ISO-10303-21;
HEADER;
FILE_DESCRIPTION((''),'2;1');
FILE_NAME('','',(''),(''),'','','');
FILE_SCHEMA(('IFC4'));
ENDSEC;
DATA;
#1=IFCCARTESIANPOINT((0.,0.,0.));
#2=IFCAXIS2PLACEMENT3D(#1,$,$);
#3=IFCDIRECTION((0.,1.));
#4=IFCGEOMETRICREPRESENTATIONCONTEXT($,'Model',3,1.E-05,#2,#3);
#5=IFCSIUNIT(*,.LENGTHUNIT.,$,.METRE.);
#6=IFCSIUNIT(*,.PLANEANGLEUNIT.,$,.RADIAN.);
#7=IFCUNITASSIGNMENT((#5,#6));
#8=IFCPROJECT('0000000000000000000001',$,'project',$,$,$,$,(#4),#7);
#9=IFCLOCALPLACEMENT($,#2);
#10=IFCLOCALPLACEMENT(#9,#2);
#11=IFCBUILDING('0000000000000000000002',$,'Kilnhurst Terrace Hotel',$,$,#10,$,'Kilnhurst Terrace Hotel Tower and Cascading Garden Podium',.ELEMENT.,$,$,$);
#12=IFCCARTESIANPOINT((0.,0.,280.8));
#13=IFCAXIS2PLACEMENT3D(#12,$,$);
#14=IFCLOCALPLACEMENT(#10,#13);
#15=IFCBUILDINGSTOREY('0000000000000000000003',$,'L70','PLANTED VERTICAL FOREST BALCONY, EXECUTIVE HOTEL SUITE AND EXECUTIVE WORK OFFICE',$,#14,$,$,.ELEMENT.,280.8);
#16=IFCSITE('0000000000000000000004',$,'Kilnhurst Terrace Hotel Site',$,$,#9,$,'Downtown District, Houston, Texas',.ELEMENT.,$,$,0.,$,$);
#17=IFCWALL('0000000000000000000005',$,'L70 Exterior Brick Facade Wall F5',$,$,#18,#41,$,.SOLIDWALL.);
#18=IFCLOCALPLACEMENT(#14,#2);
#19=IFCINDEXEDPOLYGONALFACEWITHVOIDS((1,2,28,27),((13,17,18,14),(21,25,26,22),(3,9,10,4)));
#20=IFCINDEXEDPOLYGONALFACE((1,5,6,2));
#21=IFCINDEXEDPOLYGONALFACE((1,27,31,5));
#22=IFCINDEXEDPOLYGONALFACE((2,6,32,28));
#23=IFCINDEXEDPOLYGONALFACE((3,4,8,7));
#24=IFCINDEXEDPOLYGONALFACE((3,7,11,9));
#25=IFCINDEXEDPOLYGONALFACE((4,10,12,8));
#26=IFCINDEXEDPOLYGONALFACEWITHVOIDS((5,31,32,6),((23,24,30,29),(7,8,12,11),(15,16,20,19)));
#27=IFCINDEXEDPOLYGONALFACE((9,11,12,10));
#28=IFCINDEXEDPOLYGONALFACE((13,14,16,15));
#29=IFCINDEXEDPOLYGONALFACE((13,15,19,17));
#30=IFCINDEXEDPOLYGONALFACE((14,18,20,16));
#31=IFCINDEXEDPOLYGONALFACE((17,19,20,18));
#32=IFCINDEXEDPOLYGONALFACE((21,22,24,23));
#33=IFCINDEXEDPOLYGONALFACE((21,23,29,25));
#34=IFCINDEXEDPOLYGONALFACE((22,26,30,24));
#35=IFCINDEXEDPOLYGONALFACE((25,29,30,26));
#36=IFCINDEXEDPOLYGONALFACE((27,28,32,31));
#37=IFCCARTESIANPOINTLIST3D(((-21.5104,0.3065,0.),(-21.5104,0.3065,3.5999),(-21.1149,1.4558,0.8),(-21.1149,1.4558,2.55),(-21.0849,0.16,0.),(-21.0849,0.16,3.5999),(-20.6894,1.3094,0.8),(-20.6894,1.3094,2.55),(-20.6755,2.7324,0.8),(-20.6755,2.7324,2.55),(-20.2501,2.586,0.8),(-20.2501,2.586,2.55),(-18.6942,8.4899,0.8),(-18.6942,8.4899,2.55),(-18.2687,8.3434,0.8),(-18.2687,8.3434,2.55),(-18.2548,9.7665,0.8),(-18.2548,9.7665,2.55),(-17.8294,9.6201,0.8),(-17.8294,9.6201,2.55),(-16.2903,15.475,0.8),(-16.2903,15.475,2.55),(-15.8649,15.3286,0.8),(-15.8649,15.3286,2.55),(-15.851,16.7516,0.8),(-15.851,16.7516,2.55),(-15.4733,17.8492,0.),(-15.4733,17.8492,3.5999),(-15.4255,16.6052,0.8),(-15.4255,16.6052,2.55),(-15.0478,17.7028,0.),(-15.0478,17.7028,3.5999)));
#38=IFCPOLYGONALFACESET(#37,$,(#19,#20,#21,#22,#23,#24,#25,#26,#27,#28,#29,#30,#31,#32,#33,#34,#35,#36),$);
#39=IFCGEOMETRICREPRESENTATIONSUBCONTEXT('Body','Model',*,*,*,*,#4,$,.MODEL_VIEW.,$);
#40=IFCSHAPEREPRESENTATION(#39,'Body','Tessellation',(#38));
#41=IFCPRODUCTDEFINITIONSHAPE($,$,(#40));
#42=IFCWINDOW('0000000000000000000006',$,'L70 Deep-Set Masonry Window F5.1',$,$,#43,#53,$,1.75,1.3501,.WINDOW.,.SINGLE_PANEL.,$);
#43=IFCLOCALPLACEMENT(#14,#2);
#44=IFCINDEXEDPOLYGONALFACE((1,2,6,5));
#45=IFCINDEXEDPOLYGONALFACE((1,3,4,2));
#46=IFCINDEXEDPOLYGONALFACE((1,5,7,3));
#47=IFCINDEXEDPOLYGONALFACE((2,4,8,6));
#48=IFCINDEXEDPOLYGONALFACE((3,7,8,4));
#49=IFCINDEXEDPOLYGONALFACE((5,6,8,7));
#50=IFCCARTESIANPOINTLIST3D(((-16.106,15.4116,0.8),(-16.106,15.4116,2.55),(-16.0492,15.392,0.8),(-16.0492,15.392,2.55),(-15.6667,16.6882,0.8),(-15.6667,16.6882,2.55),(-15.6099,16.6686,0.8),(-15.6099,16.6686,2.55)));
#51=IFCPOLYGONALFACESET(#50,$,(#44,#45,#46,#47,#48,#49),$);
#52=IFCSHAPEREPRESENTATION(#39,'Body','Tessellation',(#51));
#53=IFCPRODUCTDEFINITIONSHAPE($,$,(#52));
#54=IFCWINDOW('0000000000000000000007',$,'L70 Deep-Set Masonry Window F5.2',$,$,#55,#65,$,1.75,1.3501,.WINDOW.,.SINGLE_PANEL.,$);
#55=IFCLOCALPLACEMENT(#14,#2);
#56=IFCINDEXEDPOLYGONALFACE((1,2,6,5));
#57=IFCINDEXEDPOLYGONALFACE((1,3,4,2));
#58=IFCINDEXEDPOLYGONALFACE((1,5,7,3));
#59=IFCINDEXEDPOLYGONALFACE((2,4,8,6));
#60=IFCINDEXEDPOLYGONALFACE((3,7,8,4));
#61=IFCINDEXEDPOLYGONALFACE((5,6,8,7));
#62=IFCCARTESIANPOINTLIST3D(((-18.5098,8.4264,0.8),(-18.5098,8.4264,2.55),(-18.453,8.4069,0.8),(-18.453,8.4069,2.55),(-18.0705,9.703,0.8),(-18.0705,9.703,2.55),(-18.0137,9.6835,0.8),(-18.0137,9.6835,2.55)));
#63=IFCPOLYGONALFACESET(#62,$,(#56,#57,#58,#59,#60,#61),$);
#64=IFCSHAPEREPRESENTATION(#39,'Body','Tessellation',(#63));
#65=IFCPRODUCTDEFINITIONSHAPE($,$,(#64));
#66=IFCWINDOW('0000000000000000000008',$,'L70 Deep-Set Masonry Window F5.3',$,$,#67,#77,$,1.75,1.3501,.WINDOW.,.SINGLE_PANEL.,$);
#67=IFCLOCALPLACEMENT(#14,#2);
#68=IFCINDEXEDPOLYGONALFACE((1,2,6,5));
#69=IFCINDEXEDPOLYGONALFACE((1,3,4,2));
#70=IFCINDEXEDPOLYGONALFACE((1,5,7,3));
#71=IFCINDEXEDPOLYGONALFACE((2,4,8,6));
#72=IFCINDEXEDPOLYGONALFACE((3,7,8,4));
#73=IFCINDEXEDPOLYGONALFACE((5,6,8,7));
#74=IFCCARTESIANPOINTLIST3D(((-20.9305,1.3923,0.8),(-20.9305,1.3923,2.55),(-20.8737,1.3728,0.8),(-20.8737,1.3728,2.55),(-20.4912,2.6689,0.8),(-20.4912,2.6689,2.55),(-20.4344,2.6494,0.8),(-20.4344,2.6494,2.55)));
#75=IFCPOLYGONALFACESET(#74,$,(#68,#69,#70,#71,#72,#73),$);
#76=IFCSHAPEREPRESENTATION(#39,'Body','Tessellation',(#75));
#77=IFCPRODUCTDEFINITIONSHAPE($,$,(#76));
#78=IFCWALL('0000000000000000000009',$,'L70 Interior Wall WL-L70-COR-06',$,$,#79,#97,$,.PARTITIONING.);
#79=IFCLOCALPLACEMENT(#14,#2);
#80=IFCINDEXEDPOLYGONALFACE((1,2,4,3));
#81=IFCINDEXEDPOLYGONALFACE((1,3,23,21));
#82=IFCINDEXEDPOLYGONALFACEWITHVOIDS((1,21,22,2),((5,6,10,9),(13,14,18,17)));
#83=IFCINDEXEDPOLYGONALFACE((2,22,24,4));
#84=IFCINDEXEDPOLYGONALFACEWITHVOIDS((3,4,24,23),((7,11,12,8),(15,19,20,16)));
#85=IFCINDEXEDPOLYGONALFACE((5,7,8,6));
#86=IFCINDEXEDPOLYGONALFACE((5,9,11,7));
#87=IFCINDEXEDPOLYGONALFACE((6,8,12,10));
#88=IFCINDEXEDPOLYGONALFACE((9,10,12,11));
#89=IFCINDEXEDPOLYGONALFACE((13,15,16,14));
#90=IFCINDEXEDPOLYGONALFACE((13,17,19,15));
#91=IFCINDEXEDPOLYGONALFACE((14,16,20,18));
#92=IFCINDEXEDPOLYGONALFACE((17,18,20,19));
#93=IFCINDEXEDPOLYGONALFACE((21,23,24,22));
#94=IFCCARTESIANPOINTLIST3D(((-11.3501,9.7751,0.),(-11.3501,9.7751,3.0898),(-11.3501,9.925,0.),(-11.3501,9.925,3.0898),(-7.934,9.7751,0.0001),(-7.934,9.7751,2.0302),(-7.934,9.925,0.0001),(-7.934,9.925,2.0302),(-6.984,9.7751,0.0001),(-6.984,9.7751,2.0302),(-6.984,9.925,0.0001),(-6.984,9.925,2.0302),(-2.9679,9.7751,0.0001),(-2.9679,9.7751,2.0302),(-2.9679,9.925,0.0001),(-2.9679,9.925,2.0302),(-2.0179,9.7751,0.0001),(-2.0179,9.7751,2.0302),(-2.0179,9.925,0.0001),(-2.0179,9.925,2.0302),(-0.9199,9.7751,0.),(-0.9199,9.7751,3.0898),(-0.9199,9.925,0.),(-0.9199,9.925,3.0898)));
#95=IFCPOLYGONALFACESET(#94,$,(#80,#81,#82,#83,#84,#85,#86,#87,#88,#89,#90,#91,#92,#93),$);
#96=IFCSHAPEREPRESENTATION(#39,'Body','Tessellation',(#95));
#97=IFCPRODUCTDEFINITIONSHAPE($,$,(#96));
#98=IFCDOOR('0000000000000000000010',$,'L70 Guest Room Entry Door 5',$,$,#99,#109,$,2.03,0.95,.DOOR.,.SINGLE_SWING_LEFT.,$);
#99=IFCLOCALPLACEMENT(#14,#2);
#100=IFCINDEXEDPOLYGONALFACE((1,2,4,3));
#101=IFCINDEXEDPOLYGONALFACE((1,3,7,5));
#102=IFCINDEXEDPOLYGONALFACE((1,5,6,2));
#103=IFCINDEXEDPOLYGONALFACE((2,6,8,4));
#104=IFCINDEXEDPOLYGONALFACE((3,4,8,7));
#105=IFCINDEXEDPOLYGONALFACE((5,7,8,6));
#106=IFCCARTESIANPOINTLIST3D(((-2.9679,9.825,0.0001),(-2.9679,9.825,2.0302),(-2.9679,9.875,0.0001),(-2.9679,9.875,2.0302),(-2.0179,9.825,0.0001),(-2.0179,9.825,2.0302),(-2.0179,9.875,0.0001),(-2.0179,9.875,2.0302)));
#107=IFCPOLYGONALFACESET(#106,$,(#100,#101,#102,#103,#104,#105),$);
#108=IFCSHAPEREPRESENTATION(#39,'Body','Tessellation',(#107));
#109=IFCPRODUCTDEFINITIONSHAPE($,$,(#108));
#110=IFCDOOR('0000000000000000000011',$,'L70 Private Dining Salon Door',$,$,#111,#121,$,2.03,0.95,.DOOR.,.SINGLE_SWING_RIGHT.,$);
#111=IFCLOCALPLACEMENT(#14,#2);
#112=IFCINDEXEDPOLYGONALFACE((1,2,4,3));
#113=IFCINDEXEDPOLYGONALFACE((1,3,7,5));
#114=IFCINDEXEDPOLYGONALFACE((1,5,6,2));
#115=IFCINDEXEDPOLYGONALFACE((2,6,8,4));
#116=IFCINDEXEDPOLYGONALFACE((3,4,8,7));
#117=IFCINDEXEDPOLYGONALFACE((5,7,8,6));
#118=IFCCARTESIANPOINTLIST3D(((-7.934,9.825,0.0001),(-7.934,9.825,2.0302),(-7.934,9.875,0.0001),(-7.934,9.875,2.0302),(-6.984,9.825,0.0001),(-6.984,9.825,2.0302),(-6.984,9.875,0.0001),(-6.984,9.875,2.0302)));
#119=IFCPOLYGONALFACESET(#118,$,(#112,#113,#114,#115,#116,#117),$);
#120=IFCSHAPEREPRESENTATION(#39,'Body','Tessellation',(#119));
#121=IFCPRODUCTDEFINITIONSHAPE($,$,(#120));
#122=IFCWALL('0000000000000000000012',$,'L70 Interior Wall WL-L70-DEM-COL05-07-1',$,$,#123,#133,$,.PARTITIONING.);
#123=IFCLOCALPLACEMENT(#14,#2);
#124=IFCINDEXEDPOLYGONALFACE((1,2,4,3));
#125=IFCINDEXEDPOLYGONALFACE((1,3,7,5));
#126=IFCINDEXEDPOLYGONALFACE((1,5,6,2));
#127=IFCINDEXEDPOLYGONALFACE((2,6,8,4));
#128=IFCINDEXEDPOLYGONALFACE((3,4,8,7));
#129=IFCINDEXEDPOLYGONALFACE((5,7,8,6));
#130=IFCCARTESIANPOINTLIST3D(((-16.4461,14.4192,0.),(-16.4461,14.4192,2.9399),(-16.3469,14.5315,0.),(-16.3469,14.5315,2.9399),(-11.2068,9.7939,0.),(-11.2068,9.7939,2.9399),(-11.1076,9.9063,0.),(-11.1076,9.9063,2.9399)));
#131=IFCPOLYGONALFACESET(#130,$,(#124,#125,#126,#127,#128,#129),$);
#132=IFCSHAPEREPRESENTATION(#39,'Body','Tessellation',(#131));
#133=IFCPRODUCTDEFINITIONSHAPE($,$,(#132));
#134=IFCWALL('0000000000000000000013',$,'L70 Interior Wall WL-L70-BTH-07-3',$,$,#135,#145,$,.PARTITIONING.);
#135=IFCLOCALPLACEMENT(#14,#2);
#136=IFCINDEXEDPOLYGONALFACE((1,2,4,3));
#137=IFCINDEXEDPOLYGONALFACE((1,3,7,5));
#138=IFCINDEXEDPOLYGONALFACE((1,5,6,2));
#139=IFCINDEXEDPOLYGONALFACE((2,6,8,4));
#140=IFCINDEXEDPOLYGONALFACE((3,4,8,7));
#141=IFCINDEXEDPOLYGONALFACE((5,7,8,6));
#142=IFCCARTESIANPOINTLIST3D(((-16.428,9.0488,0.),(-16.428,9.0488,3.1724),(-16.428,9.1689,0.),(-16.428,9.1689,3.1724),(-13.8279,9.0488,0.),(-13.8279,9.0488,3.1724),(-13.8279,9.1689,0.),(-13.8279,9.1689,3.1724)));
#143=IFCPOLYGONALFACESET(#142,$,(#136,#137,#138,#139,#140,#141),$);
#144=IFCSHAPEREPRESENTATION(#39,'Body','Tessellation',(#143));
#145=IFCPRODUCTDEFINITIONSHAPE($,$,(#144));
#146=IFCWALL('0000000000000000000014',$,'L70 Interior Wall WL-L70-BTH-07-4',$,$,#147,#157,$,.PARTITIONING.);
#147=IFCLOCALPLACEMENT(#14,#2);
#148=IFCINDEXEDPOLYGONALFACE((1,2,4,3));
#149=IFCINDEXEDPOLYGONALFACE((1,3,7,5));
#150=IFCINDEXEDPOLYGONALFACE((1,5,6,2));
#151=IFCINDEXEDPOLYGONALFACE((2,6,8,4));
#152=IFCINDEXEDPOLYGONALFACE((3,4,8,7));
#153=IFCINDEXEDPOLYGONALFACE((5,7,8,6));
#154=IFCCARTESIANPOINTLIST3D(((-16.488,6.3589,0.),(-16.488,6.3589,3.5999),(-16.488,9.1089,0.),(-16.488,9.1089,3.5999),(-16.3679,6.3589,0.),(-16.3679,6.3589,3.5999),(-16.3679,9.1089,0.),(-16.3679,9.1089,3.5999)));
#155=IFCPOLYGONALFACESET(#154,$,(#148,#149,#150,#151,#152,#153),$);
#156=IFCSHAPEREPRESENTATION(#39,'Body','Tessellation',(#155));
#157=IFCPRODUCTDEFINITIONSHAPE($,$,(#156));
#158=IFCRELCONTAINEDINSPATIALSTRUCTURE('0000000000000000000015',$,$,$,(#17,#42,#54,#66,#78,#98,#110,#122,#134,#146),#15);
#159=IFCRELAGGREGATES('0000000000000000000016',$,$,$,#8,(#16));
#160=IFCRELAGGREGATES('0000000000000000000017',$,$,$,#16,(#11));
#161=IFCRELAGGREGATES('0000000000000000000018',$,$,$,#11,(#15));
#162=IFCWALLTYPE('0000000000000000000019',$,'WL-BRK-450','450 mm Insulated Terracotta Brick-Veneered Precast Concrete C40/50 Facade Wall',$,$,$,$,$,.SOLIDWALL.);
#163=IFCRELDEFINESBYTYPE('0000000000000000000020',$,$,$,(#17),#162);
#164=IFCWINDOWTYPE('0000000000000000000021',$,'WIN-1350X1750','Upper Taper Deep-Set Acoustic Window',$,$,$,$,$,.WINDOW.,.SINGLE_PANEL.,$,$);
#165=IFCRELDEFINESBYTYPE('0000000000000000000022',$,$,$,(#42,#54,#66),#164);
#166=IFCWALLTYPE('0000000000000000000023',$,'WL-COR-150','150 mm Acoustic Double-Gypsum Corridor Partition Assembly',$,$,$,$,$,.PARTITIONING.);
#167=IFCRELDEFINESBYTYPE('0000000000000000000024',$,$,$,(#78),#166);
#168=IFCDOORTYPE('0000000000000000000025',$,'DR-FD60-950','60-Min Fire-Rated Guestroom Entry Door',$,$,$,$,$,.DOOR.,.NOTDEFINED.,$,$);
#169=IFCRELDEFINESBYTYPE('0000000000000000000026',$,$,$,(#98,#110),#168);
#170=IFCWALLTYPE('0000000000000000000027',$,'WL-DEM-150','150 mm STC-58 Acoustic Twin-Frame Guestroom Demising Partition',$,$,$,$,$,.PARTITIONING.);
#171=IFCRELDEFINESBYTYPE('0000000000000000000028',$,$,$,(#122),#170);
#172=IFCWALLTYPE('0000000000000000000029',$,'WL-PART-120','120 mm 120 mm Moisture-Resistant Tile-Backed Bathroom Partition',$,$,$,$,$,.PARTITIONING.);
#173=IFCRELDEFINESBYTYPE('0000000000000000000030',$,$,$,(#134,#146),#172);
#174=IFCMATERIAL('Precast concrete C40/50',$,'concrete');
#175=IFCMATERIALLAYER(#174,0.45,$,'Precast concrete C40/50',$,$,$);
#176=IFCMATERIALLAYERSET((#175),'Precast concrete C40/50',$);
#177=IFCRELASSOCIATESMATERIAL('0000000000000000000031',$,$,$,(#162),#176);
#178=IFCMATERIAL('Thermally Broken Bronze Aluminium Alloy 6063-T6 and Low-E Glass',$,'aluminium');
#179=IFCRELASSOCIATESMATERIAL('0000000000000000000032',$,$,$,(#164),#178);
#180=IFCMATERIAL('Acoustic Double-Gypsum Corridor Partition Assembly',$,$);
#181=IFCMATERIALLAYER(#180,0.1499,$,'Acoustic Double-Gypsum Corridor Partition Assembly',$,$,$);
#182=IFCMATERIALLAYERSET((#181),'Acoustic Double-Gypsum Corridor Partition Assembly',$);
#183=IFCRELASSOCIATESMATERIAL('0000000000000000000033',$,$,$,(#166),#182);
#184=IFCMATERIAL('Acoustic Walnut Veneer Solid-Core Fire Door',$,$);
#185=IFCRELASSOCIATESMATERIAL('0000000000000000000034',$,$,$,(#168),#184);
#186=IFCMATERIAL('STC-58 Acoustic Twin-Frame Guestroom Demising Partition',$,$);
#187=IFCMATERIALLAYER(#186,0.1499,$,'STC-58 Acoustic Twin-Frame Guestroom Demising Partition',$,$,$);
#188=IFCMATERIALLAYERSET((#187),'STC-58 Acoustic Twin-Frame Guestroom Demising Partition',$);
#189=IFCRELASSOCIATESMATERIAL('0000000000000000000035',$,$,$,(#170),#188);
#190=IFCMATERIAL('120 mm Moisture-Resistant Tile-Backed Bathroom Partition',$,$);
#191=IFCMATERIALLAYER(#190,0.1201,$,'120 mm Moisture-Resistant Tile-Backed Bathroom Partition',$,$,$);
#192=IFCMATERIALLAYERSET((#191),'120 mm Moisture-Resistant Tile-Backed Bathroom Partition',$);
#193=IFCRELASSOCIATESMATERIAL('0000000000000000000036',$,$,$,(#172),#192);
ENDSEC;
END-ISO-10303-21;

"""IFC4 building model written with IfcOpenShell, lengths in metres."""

from ifc_helpers import new_model, si_unit, direction, frame, frame_2d, origin, place, context, subcontext, project, spatial, rectangle, extrude, material, layer, layer_set, type_object, element, fill, save


model = new_model("IFC4")

# Units and contexts
model_context = context("Model", 3, precision=1e-05, world=origin(), true_north=direction((0.0, 1.0)))
body_context = subcontext(model_context, "Body", "Model", "MODEL_VIEW")
ifc_project = project(units=[si_unit("LENGTHUNIT", "METRE"), si_unit("PLANEANGLEUNIT", "RADIAN")], contexts=[model_context])

# Site, building, storey
site_placement = place(None, origin())
site = spatial("IfcSite", under=ifc_project, at=site_placement, Name="Kilnhurst Terrace Hotel Site", LongName="Downtown District, Houston, Texas", CompositionType="ELEMENT", RefElevation=0.0)
building_placement = place(site_placement, origin())
building = spatial("IfcBuilding", under=site, at=building_placement, Name="Kilnhurst Terrace Hotel", LongName="Kilnhurst Terrace Hotel Tower and Cascading Garden Podium", CompositionType="ELEMENT")
storey_placement = place(building_placement, frame((0.0, 0.0, 280.8)))
storey = spatial("IfcBuildingStorey", under=building, at=storey_placement, Name="L70", Description="PLANTED VERTICAL FOREST BALCONY, EXECUTIVE HOTEL SUITE AND EXECUTIVE WORK OFFICE", CompositionType="ELEMENT", Elevation=280.8)

# Shared definitions
ifc_material_1 = material(Name="Precast concrete C40/50", Category="concrete")
ifc_layer_1 = layer(ifc_material_1, 0.45, Name="Precast concrete C40/50")
ifc_layer_set_1 = layer_set([ifc_layer_1], Name="Precast concrete C40/50")
wall_type_1 = type_object("IfcWallType", Name="WL-BRK-450", Description="450 mm Insulated Terracotta Brick-Veneered Precast Concrete C40/50 Facade Wall", PredefinedType="SOLIDWALL", material=ifc_layer_set_1)

# Wall, openings, windows
wall_1_placement = place(storey_placement, frame((-15.2605, 17.7761, 0.0), z_axis=(0.0, 0.0, 1.0), x_axis=(-0.325407, -0.945574, 0.0)))
wall_1 = element("IfcWall", 1, at=wall_1_placement, inside=storey, type_object=wall_type_1, Name="L70 Exterior Brick Facade Wall F5", PredefinedType="SOLIDWALL", context=body_context, shape_type="SweptSolid", body=[
    extrude(rectangle(XDim=18.5525, YDim=0.45, at=frame_2d((9.2764, 0.0))), origin(), (0.0, 0.0, 1.0), 3.5999),
])
opening_1_placement = place(wall_1_placement, frame((1.1609, 0.0, 0.8)))
opening_1 = element("IfcOpeningElement", 2, at=opening_1_placement, cuts=wall_1, PredefinedType="OPENING", context=body_context, shape_type="SweptSolid", body=[
    extrude(rectangle(XDim=1.3501, YDim=1.75, at=frame_2d((0.675, 0.875))), frame((0.0, 0.2349, 0.0), z_axis=(0.0, -1.0, 0.0), x_axis=(1.0, 0.0, 0.0)), (0.0, 0.0, 1.0), 0.47),
])
opening_2_placement = place(wall_1_placement, frame((8.5481, 0.0, 0.8)))
opening_2 = element("IfcOpeningElement", 3, at=opening_2_placement, cuts=wall_1, PredefinedType="OPENING", context=body_context, shape_type="SweptSolid", body=[
    extrude(rectangle(XDim=1.3501, YDim=1.75, at=frame_2d((0.675, 0.875))), frame((0.0, 0.2349, 0.0), z_axis=(0.0, -1.0, 0.0), x_axis=(1.0, 0.0, 0.0)), (0.0, 0.0, 1.0), 0.47),
])
opening_3_placement = place(wall_1_placement, frame((15.9871, 0.0, 0.8)))
opening_3 = element("IfcOpeningElement", 4, at=opening_3_placement, cuts=wall_1, PredefinedType="OPENING", context=body_context, shape_type="SweptSolid", body=[
    extrude(rectangle(XDim=1.3501, YDim=1.75, at=frame_2d((0.675, 0.875))), frame((0.0, 0.2349, 0.0), z_axis=(0.0, -1.0, 0.0), x_axis=(1.0, 0.0, 0.0)), (0.0, 0.0, 1.0), 0.47),
])
ifc_material_2 = material(Name="Thermally Broken Bronze Aluminium Alloy 6063-T6 and Low-E Glass", Category="aluminium")
window_type = type_object("IfcWindowType", Name="WIN-1350X1750", Description="Upper Taper Deep-Set Acoustic Window", PartitioningType="SINGLE_PANEL", PredefinedType="WINDOW", material=ifc_material_2)
window_1_placement = place(opening_1_placement, origin())
window_1 = element("IfcWindow", 5, at=window_1_placement, inside=storey, type_object=window_type, Name="L70 Deep-Set Masonry Window F5.1", OverallHeight=1.75, OverallWidth=1.3501, PartitioningType="SINGLE_PANEL", PredefinedType="WINDOW", context=body_context, shape_type="SweptSolid", body=[
    extrude(rectangle(XDim=1.3501, YDim=1.75, at=frame_2d((0.675, 0.875))), frame((0.0, 0.03, 0.0), z_axis=(0.0, -1.0, 0.0), x_axis=(1.0, 0.0, 0.0)), (0.0, 0.0, 1.0), 0.0601),
])
fill(opening_1, window_1)
window_2_placement = place(opening_2_placement, origin())
window_2 = element("IfcWindow", 6, at=window_2_placement, inside=storey, type_object=window_type, Name="L70 Deep-Set Masonry Window F5.2", OverallHeight=1.75, OverallWidth=1.3501, PartitioningType="SINGLE_PANEL", PredefinedType="WINDOW", context=body_context, shape_type="SweptSolid", body=[
    extrude(rectangle(XDim=1.3501, YDim=1.75, at=frame_2d((0.675, 0.875))), frame((0.0, 0.03, 0.0), z_axis=(0.0, -1.0, 0.0), x_axis=(1.0, 0.0, 0.0)), (0.0, 0.0, 1.0), 0.0601),
])
fill(opening_2, window_2)
window_3_placement = place(opening_3_placement, origin())
window_3 = element("IfcWindow", 7, at=window_3_placement, inside=storey, type_object=window_type, Name="L70 Deep-Set Masonry Window F5.3", OverallHeight=1.75, OverallWidth=1.3501, PartitioningType="SINGLE_PANEL", PredefinedType="WINDOW", context=body_context, shape_type="SweptSolid", body=[
    extrude(rectangle(XDim=1.3501, YDim=1.75, at=frame_2d((0.675, 0.875))), frame((0.0, 0.03, 0.0), z_axis=(0.0, -1.0, 0.0), x_axis=(1.0, 0.0, 0.0)), (0.0, 0.0, 1.0), 0.0601),
])
fill(opening_3, window_3)

# Wall, openings, doors
ifc_material_3 = material(Name="Acoustic Double-Gypsum Corridor Partition Assembly")
ifc_layer_2 = layer(ifc_material_3, 0.1499, Name="Acoustic Double-Gypsum Corridor Partition Assembly")
ifc_layer_set_2 = layer_set([ifc_layer_2], Name="Acoustic Double-Gypsum Corridor Partition Assembly")
wall_type_2 = type_object("IfcWallType", Name="WL-COR-150", Description="150 mm Acoustic Double-Gypsum Corridor Partition Assembly", PredefinedType="PARTITIONING", material=ifc_layer_set_2)
wall_2_placement = place(storey_placement, frame((-11.3501, 9.8501, 0.0), z_axis=(0.0, 0.0, 1.0), x_axis=(1.0, 0.0, 0.0)))
wall_2 = element("IfcWall", 8, at=wall_2_placement, inside=storey, type_object=wall_type_2, Name="L70 Interior Wall WL-L70-COR-06", PredefinedType="PARTITIONING", context=body_context, shape_type="SweptSolid", body=[
    extrude(rectangle(XDim=10.4302, YDim=0.1499, at=frame_2d((5.2151, 0.0))), origin(), (0.0, 0.0, 1.0), 3.0898),
])
opening_4_placement = place(wall_2_placement, frame((8.3821, 0.0, 0.0)))
opening_4 = element("IfcOpeningElement", 9, at=opening_4_placement, cuts=wall_2, PredefinedType="OPENING", context=body_context, shape_type="SweptSolid", body=[
    extrude(rectangle(XDim=0.95, YDim=2.03, at=frame_2d((0.4751, 1.0151))), frame((0.0, 0.085, 0.0), z_axis=(0.0, -1.0, 0.0), x_axis=(1.0, 0.0, 0.0)), (0.0, 0.0, 1.0), 0.1699),
])
opening_5_placement = place(wall_2_placement, frame((3.416, 0.0, 0.0)))
opening_5 = element("IfcOpeningElement", 10, at=opening_5_placement, cuts=wall_2, PredefinedType="OPENING", context=body_context, shape_type="SweptSolid", body=[
    extrude(rectangle(XDim=0.95, YDim=2.03, at=frame_2d((0.4751, 1.0151))), frame((0.0, 0.085, 0.0), z_axis=(0.0, -1.0, 0.0), x_axis=(1.0, 0.0, 0.0)), (0.0, 0.0, 1.0), 0.1699),
])
ifc_material_4 = material(Name="Acoustic Walnut Veneer Solid-Core Fire Door")
door_type = type_object("IfcDoorType", Name="DR-FD60-950", Description="60-Min Fire-Rated Guestroom Entry Door", OperationType="NOTDEFINED", PredefinedType="DOOR", material=ifc_material_4)
door_1_placement = place(opening_4_placement, origin())
door_1 = element("IfcDoor", 11, at=door_1_placement, inside=storey, type_object=door_type, Name="L70 Guest Room Entry Door 5", OperationType="SINGLE_SWING_LEFT", OverallHeight=2.03, OverallWidth=0.95, PredefinedType="DOOR", context=body_context, shape_type="SweptSolid", body=[
    extrude(rectangle(XDim=0.95, YDim=2.03, at=frame_2d((0.4751, 1.0151))), frame((0.0, 0.0249, 0.0), z_axis=(0.0, -1.0, 0.0), x_axis=(1.0, 0.0, 0.0)), (0.0, 0.0, 1.0), 0.05),
])
fill(opening_4, door_1)
door_2_placement = place(opening_5_placement, origin())
door_2 = element("IfcDoor", 12, at=door_2_placement, inside=storey, type_object=door_type, Name="L70 Private Dining Salon Door", OperationType="SINGLE_SWING_RIGHT", OverallHeight=2.03, OverallWidth=0.95, PredefinedType="DOOR", context=body_context, shape_type="SweptSolid", body=[
    extrude(rectangle(XDim=0.95, YDim=2.03, at=frame_2d((0.4751, 1.0151))), frame((0.0, 0.0249, 0.0), z_axis=(0.0, -1.0, 0.0), x_axis=(1.0, 0.0, 0.0)), (0.0, 0.0, 1.0), 0.05),
])
fill(opening_5, door_2)

# Walls
ifc_material_5 = material(Name="STC-58 Acoustic Twin-Frame Guestroom Demising Partition")
ifc_layer_3 = layer(ifc_material_5, 0.1499, Name="STC-58 Acoustic Twin-Frame Guestroom Demising Partition")
ifc_layer_set_3 = layer_set([ifc_layer_3], Name="STC-58 Acoustic Twin-Frame Guestroom Demising Partition")
wall_type_3 = type_object("IfcWallType", Name="WL-DEM-150", Description="150 mm STC-58 Acoustic Twin-Frame Guestroom Demising Partition", PredefinedType="PARTITIONING", material=ifc_layer_set_3)
wall_3_placement = place(storey_placement, frame((-11.1572, 9.8501, 0.0), z_axis=(0.0, 0.0, 1.0), x_axis=(-0.74967, 0.661812, 0.0)))
element("IfcWall", 13, at=wall_3_placement, inside=storey, type_object=wall_type_3, Name="L70 Interior Wall WL-L70-DEM-COL05-07-1", PredefinedType="PARTITIONING", context=body_context, shape_type="SweptSolid", body=[
    extrude(rectangle(XDim=6.9888, YDim=0.1499, at=frame_2d((3.4944, 0.0))), origin(), (0.0, 0.0, 1.0), 2.9399),
])
ifc_material_6 = material(Name="120 mm Moisture-Resistant Tile-Backed Bathroom Partition")
ifc_layer_4 = layer(ifc_material_6, 0.1201, Name="120 mm Moisture-Resistant Tile-Backed Bathroom Partition")
ifc_layer_set_4 = layer_set([ifc_layer_4], Name="120 mm Moisture-Resistant Tile-Backed Bathroom Partition")
wall_type_4 = type_object("IfcWallType", Name="WL-PART-120", Description="120 mm 120 mm Moisture-Resistant Tile-Backed Bathroom Partition", PredefinedType="PARTITIONING", material=ifc_layer_set_4)
wall_4_placement = place(storey_placement, frame((-13.8279, 9.1089, 0.0), z_axis=(0.0, 0.0, 1.0), x_axis=(-1.0, 0.0, 0.0)))
element("IfcWall", 14, at=wall_4_placement, inside=storey, type_object=wall_type_4, Name="L70 Interior Wall WL-L70-BTH-07-3", PredefinedType="PARTITIONING", context=body_context, shape_type="SweptSolid", body=[
    extrude(rectangle(XDim=2.6001, YDim=0.1201, at=frame_2d((1.3, 0.0))), origin(), (0.0, 0.0, 1.0), 3.1724),
])
wall_5_placement = place(storey_placement, frame((-16.428, 9.1089, 0.0), z_axis=(0.0, 0.0, 1.0), x_axis=(0.0, -1.0, 0.0)))
element("IfcWall", 15, at=wall_5_placement, inside=storey, type_object=wall_type_4, Name="L70 Interior Wall WL-L70-BTH-07-4", PredefinedType="PARTITIONING", context=body_context, shape_type="SweptSolid", body=[
    extrude(rectangle(XDim=2.75, YDim=0.1201, at=frame_2d((1.375, 0.0))), origin(), (0.0, 0.0, 1.0), 3.5999),
])

save(model, "model.ifc")
